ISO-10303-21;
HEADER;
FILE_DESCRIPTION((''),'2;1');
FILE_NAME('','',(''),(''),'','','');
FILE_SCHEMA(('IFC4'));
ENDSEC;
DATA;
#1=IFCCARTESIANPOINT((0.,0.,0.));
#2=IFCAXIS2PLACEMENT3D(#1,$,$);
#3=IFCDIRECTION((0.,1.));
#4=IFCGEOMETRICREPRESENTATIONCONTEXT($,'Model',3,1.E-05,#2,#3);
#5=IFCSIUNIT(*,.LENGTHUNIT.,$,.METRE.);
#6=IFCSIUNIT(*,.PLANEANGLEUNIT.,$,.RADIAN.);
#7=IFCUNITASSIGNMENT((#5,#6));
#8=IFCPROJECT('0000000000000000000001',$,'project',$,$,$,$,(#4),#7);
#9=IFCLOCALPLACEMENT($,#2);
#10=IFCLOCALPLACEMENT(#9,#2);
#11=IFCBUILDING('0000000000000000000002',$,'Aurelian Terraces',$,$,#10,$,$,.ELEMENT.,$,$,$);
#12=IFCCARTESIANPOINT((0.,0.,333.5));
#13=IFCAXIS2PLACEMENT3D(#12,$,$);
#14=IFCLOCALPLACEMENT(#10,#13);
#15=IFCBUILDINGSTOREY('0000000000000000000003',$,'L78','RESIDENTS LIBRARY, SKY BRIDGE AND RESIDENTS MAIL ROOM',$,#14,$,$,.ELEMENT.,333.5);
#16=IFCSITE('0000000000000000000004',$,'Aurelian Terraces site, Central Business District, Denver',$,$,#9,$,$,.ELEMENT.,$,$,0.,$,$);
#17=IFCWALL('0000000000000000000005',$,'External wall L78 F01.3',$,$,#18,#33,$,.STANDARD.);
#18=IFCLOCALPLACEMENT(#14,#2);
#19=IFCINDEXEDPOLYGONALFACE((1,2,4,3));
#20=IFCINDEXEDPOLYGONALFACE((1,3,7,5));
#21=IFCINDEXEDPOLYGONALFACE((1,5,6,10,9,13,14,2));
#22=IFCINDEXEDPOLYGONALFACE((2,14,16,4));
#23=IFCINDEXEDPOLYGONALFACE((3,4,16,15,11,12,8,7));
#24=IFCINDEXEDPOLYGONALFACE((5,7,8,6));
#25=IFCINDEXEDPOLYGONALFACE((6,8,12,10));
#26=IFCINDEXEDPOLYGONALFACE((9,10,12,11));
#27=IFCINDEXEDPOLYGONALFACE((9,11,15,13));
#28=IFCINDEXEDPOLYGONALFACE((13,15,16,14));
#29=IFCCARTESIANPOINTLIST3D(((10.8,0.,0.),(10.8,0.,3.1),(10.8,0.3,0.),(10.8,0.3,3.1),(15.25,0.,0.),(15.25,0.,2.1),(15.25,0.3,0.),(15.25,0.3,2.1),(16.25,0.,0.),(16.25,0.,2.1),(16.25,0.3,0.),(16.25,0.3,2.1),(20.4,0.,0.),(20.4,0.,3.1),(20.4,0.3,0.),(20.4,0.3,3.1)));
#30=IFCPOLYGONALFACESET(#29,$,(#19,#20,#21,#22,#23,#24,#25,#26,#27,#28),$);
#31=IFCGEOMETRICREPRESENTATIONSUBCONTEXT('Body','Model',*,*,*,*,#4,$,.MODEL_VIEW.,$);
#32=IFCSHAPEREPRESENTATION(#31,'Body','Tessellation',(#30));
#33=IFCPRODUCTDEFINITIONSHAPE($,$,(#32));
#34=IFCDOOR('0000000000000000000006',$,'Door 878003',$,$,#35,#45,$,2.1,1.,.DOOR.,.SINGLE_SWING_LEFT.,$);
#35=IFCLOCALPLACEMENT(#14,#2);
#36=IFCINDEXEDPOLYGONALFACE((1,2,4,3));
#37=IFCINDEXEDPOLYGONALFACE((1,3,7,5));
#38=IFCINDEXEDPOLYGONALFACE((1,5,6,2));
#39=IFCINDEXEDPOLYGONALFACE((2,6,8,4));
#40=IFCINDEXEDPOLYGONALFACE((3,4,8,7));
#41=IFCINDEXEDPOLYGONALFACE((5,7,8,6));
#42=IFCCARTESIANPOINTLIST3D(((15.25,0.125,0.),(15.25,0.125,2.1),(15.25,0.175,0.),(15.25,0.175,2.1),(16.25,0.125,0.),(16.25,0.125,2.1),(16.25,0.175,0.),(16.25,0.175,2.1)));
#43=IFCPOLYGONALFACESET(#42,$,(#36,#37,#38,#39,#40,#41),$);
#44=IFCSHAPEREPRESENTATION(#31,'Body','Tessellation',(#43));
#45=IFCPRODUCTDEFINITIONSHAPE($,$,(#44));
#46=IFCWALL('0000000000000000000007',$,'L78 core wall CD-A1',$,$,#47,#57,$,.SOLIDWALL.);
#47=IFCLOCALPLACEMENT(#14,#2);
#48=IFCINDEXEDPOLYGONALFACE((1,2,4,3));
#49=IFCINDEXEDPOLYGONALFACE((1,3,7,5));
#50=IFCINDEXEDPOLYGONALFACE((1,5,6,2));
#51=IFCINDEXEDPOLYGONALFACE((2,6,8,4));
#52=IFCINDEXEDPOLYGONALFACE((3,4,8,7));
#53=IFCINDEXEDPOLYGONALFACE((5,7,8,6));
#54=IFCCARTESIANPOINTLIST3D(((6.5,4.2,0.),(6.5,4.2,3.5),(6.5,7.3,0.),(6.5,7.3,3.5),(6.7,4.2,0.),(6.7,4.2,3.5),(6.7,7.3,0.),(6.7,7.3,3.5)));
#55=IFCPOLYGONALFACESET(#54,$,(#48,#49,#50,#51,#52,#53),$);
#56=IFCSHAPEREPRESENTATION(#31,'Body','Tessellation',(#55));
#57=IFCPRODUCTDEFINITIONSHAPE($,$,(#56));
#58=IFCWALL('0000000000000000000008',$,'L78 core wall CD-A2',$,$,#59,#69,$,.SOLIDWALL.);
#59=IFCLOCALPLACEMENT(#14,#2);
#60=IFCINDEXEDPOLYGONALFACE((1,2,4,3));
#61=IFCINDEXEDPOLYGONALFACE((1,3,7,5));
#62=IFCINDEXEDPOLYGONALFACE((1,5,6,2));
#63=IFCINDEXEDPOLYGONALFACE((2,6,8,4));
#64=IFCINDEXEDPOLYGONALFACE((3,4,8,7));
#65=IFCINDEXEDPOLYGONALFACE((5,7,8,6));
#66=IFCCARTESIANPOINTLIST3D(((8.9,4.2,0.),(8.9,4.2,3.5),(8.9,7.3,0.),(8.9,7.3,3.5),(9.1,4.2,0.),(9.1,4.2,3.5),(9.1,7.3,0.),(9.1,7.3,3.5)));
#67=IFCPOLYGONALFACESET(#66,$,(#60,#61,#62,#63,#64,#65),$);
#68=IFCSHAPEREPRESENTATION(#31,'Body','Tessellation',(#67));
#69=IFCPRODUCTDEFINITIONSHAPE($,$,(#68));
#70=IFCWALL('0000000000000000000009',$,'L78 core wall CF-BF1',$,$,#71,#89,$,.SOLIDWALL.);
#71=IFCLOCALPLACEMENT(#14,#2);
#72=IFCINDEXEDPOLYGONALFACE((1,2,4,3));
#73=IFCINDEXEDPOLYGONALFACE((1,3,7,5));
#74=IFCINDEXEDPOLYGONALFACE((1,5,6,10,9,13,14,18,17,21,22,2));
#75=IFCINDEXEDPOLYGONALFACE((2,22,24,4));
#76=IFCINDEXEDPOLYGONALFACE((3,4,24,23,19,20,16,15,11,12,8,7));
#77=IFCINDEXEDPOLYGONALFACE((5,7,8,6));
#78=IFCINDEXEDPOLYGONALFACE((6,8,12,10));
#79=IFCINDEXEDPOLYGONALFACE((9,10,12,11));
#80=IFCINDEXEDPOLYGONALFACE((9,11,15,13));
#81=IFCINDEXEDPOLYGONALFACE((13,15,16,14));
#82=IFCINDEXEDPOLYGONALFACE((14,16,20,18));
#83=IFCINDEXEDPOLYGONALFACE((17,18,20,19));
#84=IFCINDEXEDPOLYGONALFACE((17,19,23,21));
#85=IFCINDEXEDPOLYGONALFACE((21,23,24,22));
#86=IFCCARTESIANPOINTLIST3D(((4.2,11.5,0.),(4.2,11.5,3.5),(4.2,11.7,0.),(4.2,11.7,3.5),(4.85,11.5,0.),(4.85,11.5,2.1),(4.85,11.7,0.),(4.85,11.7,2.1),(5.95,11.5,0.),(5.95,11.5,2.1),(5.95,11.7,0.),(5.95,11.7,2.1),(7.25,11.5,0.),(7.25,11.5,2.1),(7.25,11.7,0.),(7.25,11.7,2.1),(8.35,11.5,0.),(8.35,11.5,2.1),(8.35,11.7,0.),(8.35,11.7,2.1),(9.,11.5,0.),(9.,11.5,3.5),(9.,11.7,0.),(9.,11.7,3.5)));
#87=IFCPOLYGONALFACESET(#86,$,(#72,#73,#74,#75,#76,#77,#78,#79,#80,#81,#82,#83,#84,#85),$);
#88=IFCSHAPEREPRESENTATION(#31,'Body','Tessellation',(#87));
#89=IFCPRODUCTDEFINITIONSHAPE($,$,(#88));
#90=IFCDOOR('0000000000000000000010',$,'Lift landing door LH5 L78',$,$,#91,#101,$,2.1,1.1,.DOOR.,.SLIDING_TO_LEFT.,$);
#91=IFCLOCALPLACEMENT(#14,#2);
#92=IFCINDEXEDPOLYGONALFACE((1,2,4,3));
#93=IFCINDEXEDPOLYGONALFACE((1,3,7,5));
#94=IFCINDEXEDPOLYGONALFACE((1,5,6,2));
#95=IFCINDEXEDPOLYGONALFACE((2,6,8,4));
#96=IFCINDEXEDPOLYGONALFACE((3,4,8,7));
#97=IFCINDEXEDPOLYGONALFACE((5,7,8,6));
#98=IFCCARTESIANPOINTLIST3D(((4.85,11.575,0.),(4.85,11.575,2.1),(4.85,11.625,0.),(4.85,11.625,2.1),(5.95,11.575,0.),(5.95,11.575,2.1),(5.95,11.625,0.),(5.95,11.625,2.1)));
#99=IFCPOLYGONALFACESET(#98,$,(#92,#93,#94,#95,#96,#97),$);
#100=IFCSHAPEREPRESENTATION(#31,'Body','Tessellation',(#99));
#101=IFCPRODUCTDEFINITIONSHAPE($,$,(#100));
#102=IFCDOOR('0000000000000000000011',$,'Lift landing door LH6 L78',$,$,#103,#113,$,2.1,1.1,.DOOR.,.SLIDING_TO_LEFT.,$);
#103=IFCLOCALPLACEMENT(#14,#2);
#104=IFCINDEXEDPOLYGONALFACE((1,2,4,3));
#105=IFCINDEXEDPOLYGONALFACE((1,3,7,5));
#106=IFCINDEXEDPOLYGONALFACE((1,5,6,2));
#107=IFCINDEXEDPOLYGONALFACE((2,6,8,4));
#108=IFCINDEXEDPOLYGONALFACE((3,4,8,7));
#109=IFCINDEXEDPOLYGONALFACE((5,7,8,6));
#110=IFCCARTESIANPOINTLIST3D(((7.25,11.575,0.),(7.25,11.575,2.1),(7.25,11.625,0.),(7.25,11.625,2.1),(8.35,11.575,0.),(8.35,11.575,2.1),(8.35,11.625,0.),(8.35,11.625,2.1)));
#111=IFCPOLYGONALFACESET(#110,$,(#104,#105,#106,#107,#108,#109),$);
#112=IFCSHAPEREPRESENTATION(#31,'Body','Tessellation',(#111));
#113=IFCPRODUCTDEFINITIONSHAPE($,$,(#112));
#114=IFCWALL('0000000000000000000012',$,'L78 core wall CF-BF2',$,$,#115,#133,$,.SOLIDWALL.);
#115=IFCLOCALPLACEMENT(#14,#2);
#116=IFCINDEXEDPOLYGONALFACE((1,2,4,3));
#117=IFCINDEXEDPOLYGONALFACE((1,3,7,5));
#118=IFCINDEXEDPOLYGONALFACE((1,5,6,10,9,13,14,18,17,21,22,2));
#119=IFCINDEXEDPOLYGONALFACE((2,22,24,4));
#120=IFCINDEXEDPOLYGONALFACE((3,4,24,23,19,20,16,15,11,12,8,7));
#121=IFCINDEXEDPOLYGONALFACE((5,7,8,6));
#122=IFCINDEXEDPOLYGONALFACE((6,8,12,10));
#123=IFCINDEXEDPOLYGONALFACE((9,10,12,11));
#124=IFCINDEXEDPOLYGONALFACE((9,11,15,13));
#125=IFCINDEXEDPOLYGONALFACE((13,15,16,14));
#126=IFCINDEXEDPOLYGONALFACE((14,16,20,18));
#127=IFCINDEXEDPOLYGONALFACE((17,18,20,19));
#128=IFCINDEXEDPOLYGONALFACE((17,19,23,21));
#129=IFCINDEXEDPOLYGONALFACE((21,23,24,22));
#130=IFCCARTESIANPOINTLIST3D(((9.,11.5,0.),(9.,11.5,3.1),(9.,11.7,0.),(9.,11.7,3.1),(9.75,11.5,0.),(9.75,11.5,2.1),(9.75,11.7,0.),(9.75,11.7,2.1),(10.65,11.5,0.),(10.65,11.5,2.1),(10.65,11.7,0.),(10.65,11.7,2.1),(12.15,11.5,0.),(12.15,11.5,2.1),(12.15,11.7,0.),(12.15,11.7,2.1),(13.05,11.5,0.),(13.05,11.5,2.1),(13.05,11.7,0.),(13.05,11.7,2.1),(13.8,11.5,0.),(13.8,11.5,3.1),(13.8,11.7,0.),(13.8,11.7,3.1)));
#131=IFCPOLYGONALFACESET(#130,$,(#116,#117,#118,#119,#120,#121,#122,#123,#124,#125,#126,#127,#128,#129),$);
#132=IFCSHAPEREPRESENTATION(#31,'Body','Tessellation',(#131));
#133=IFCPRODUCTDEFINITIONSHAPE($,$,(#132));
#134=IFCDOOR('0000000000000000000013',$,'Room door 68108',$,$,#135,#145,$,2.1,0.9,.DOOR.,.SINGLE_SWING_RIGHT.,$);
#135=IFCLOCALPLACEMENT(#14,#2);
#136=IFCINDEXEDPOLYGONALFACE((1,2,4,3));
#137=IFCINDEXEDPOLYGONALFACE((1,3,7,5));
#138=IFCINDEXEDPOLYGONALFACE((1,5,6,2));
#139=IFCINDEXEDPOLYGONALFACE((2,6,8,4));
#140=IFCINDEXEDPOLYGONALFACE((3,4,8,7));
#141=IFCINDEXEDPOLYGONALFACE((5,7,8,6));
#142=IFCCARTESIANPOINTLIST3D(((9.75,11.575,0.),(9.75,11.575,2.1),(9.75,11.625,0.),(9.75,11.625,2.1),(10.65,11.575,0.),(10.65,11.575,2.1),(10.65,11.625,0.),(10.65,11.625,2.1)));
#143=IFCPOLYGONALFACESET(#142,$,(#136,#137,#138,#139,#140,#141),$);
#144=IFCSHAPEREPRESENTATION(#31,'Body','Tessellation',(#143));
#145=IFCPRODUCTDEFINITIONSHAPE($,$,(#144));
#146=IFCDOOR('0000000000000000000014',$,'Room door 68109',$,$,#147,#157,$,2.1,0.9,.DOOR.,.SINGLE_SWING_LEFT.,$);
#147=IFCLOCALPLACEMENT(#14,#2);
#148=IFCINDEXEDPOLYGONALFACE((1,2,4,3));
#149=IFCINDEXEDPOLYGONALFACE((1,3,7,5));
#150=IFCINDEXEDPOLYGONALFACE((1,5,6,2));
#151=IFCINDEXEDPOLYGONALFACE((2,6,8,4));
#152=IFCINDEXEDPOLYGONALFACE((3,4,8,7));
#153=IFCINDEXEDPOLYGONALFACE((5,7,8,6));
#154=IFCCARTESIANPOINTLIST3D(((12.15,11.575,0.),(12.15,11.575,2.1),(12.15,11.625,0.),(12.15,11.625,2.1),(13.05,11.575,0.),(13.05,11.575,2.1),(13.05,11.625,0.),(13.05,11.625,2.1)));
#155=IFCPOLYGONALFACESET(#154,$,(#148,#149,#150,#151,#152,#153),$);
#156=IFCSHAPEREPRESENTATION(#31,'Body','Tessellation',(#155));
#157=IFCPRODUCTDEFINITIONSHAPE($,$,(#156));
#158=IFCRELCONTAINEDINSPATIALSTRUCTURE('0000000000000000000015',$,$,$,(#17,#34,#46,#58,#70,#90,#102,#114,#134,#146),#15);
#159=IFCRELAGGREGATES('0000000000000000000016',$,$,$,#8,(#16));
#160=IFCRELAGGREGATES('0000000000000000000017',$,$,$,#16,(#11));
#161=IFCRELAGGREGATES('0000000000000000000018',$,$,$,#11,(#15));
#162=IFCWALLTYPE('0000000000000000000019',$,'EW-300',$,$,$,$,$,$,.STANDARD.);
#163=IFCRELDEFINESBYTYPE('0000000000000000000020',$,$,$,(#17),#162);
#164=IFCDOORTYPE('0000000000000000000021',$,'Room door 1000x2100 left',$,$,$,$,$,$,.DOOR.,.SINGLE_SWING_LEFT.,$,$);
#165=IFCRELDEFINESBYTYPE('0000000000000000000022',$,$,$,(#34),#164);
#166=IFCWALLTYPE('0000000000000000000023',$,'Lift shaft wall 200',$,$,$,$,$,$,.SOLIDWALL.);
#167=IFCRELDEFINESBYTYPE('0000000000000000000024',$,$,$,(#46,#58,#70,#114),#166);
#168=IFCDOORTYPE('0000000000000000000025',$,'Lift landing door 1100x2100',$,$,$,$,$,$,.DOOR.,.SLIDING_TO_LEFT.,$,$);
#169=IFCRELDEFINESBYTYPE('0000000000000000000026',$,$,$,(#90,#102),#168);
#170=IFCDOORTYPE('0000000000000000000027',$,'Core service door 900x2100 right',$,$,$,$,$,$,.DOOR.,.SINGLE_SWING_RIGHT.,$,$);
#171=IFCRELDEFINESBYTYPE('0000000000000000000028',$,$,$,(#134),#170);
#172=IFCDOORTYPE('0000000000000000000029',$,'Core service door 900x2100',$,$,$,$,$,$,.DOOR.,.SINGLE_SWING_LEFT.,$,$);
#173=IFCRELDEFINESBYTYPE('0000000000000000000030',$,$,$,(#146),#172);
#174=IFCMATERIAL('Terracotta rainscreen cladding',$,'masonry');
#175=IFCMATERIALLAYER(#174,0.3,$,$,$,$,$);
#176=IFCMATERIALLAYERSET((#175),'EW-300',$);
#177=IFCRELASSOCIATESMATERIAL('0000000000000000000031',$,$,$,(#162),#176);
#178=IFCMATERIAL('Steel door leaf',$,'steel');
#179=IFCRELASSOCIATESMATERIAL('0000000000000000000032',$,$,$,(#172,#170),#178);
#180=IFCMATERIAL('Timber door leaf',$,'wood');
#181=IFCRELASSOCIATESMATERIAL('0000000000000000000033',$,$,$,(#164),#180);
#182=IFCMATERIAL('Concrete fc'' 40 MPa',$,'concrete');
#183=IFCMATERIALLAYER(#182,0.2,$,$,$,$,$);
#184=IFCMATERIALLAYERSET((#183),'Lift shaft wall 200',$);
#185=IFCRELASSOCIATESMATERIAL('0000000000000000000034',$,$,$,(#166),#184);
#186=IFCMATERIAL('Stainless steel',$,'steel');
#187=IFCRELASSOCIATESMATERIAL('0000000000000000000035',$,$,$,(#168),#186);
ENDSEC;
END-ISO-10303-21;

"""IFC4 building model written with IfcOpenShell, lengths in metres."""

from ifc_helpers import new_model, si_unit, direction, frame, frame_2d, origin, place, context, subcontext, project, spatial, rectangle, extrude, source, transform, mapped, material, layer, layer_set, type_object, element, fill, save


model = new_model("IFC4")

# Units and contexts
model_context = context("Model", 3, precision=1e-05, world=origin(), true_north=direction((0.0, 1.0)))
body_context = subcontext(model_context, "Body", "Model", "MODEL_VIEW")
ifc_project = project(units=[si_unit("LENGTHUNIT", "METRE"), si_unit("PLANEANGLEUNIT", "RADIAN")], contexts=[model_context])

# Site, building, storey
site_placement = place(None, origin())
site = spatial("IfcSite", under=ifc_project, at=site_placement, Name="Aurelian Terraces site, Central Business District, Denver", CompositionType="ELEMENT", RefElevation=0.0)
building_placement = place(site_placement, origin())
building = spatial("IfcBuilding", under=site, at=building_placement, Name="Aurelian Terraces", CompositionType="ELEMENT")
storey_placement = place(building_placement, frame((0.0, 0.0, 333.5)))
storey = spatial("IfcBuildingStorey", under=building, at=storey_placement, Name="L78", Description="RESIDENTS LIBRARY, SKY BRIDGE AND RESIDENTS MAIL ROOM", CompositionType="ELEMENT", Elevation=333.5)

# Shared definitions
ifc_material_1 = material(Name="Terracotta rainscreen cladding", Category="masonry")
ifc_layer_1 = layer(ifc_material_1, 0.3)
ifc_layer_set_1 = layer_set([ifc_layer_1], Name="EW-300")
wall_type_1 = type_object("IfcWallType", Name="EW-300", PredefinedType="STANDARD", material=ifc_layer_set_1)

# Shared definitions
ifc_material_2 = material(Name="Steel door leaf", Category="steel")
door_type_1 = type_object("IfcDoorType", Name="Core service door 900x2100", OperationType="SINGLE_SWING_LEFT", PredefinedType="DOOR", material=ifc_material_2)
shared_shape_1 = source(origin(), body_context, "Body", "SweptSolid", [
    extrude(rectangle(XDim=0.9, YDim=2.1, at=frame_2d((0.45, 1.05))), frame((0.0, 0.025, 0.0), z_axis=(0.0, -1.0, 0.0), x_axis=(1.0, 0.0, 0.0)), (0.0, 0.0, 1.0), 0.05),
])

# Shared definitions
ifc_material_3 = material(Name="Concrete fc' 40 MPa", Category="concrete")

# Wall, opening, door
shared_shape_2 = source(origin(), body_context, "Body", "SweptSolid", [
    extrude(rectangle(XDim=9.6, YDim=0.3, at=frame_2d((4.8, 0.0))), origin(), (0.0, 0.0, 1.0), 3.1),
])
wall_1_placement = place(storey_placement, frame((10.8, 0.15, 0.0), z_axis=(0.0, 0.0, 1.0), x_axis=(1.0, 0.0, 0.0)))
wall_1 = element("IfcWall", 1, at=wall_1_placement, inside=storey, type_object=wall_type_1, Name="External wall L78 F01.3", PredefinedType="STANDARD", context=body_context, shape_type="MappedRepresentation", body=[
    mapped(shared_shape_2, transform((0.0, 0.0, 0.0), scale=1.0)),
])
shared_shape_3 = source(origin(), body_context, "Body", "SweptSolid", [
    extrude(rectangle(XDim=1.0, YDim=2.1, at=frame_2d((0.5, 1.05))), frame((0.0, 0.16, 0.0), z_axis=(0.0, -1.0, 0.0), x_axis=(1.0, 0.0, 0.0)), (0.0, 0.0, 1.0), 0.32),
])
opening_1_placement = place(wall_1_placement, frame((4.45, 0.0, 0.0)))
opening_1 = element("IfcOpeningElement", 2, at=opening_1_placement, cuts=wall_1, PredefinedType="OPENING", context=body_context, shape_type="MappedRepresentation", body=[
    mapped(shared_shape_3, transform((0.0, 0.0, 0.0), scale=1.0)),
])
ifc_material_4 = material(Name="Timber door leaf", Category="wood")
door_type_2 = type_object("IfcDoorType", Name="Room door 1000x2100 left", OperationType="SINGLE_SWING_LEFT", PredefinedType="DOOR", material=ifc_material_4)
shared_shape_4 = source(origin(), body_context, "Body", "SweptSolid", [
    extrude(rectangle(XDim=1.0, YDim=2.1, at=frame_2d((0.5, 1.05))), frame((0.0, 0.025, 0.0), z_axis=(0.0, -1.0, 0.0), x_axis=(1.0, 0.0, 0.0)), (0.0, 0.0, 1.0), 0.05),
])
door_1_placement = place(opening_1_placement, origin())
door_1 = element("IfcDoor", 3, at=door_1_placement, inside=storey, type_object=door_type_2, Name="Door 878003", OperationType="SINGLE_SWING_LEFT", OverallHeight=2.1, OverallWidth=1.0, PredefinedType="DOOR", context=body_context, shape_type="MappedRepresentation", body=[
    mapped(shared_shape_4, transform((0.0, 0.0, 0.0), scale=1.0)),
])
fill(opening_1, door_1)

# Walls
ifc_layer_2 = layer(ifc_material_3, 0.2)
ifc_layer_set_2 = layer_set([ifc_layer_2], Name="Lift shaft wall 200")
wall_type_2 = type_object("IfcWallType", Name="Lift shaft wall 200", PredefinedType="SOLIDWALL", material=ifc_layer_set_2)
shared_shape_5 = source(origin(), body_context, "Body", "SweptSolid", [
    extrude(rectangle(XDim=3.1, YDim=0.2, at=frame_2d((1.55, 0.0))), origin(), (0.0, 0.0, 1.0), 3.5),
])
for number, where, z_axis, x_axis, name in (
    (4, (6.6, 4.2, 0.0), (0.0, 0.0, 1.0), (0.0, 1.0, 0.0), "L78 core wall CD-A1"),
    (5, (9.0, 4.2, 0.0), (0.0, 0.0, 1.0), (0.0, 1.0, 0.0), "L78 core wall CD-A2"),
):
    element("IfcWall", number, at=place(storey_placement, frame(where, z_axis=z_axis, x_axis=x_axis)), inside=storey, type_object=wall_type_2, Name=name, PredefinedType="SOLIDWALL", context=body_context, shape_type="MappedRepresentation", body=[
        mapped(shared_shape_5, transform((0.0, 0.0, 0.0), scale=1.0)),
    ])

# Walls, openings, doors
shared_shape_6 = source(origin(), body_context, "Body", "SweptSolid", [
    extrude(rectangle(XDim=4.8, YDim=0.2, at=frame_2d((2.4, 0.0))), origin(), (0.0, 0.0, 1.0), 3.5),
])
wall_2_placement = place(storey_placement, frame((4.2, 11.6, 0.0), z_axis=(0.0, 0.0, 1.0), x_axis=(1.0, 0.0, 0.0)))
wall_2 = element("IfcWall", 6, at=wall_2_placement, inside=storey, type_object=wall_type_2, Name="L78 core wall CF-BF1", PredefinedType="SOLIDWALL", context=body_context, shape_type="MappedRepresentation", body=[
    mapped(shared_shape_6, transform((0.0, 0.0, 0.0), scale=1.0)),
])
shared_shape_7 = source(origin(), body_context, "Body", "SweptSolid", [
    extrude(rectangle(XDim=1.1, YDim=2.1, at=frame_2d((0.55, 1.05))), frame((0.0, 0.11, 0.0), z_axis=(0.0, -1.0, 0.0), x_axis=(1.0, 0.0, 0.0)), (0.0, 0.0, 1.0), 0.22),
])
opening_2_placement = place(wall_2_placement, frame((0.65, 0.0, 0.0)))
opening_2 = element("IfcOpeningElement", 7, at=opening_2_placement, cuts=wall_2, PredefinedType="OPENING", context=body_context, shape_type="MappedRepresentation", body=[
    mapped(shared_shape_7, transform((0.0, 0.0, 0.0), scale=1.0)),
])
opening_3_placement = place(wall_2_placement, frame((3.05, 0.0, 0.0)))
opening_3 = element("IfcOpeningElement", 8, at=opening_3_placement, cuts=wall_2, PredefinedType="OPENING", context=body_context, shape_type="MappedRepresentation", body=[
    mapped(shared_shape_7, transform((0.0, 0.0, 0.0), scale=1.0)),
])
ifc_material_5 = material(Name="Stainless steel", Category="steel")
door_type_3 = type_object("IfcDoorType", Name="Lift landing door 1100x2100", OperationType="SLIDING_TO_LEFT", PredefinedType="DOOR", material=ifc_material_5)
shared_shape_8 = source(origin(), body_context, "Body", "SweptSolid", [
    extrude(rectangle(XDim=1.1, YDim=2.1, at=frame_2d((0.55, 1.05))), frame((0.0, 0.025, 0.0), z_axis=(0.0, -1.0, 0.0), x_axis=(1.0, 0.0, 0.0)), (0.0, 0.0, 1.0), 0.05),
])
door_2_placement = place(opening_2_placement, origin())
door_2 = element("IfcDoor", 9, at=door_2_placement, inside=storey, type_object=door_type_3, Name="Lift landing door LH5 L78", OperationType="SLIDING_TO_LEFT", OverallHeight=2.1, OverallWidth=1.1, PredefinedType="DOOR", context=body_context, shape_type="MappedRepresentation", body=[
    mapped(shared_shape_8, transform((0.0, 0.0, 0.0), scale=1.0)),
])
fill(opening_2, door_2)
door_3_placement = place(opening_3_placement, origin())
door_3 = element("IfcDoor", 10, at=door_3_placement, inside=storey, type_object=door_type_3, Name="Lift landing door LH6 L78", OperationType="SLIDING_TO_LEFT", OverallHeight=2.1, OverallWidth=1.1, PredefinedType="DOOR", context=body_context, shape_type="MappedRepresentation", body=[
    mapped(shared_shape_8, transform((0.0, 0.0, 0.0), scale=1.0)),
])
fill(opening_3, door_3)
shared_shape_9 = source(origin(), body_context, "Body", "SweptSolid", [
    extrude(rectangle(XDim=4.8, YDim=0.2, at=frame_2d((2.4, 0.0))), origin(), (0.0, 0.0, 1.0), 3.1),
])
wall_3_placement = place(storey_placement, frame((9.0, 11.6, 0.0), z_axis=(0.0, 0.0, 1.0), x_axis=(1.0, 0.0, 0.0)))
wall_3 = element("IfcWall", 11, at=wall_3_placement, inside=storey, type_object=wall_type_2, Name="L78 core wall CF-BF2", PredefinedType="SOLIDWALL", context=body_context, shape_type="MappedRepresentation", body=[
    mapped(shared_shape_9, transform((0.0, 0.0, 0.0), scale=1.0)),
])
shared_shape_10 = source(origin(), body_context, "Body", "SweptSolid", [
    extrude(rectangle(XDim=0.9, YDim=2.1, at=frame_2d((0.45, 1.05))), frame((0.0, 0.11, 0.0), z_axis=(0.0, -1.0, 0.0), x_axis=(1.0, 0.0, 0.0)), (0.0, 0.0, 1.0), 0.22),
])
opening_4_placement = place(wall_3_placement, frame((0.75, 0.0, 0.0)))
opening_4 = element("IfcOpeningElement", 12, at=opening_4_placement, cuts=wall_3, PredefinedType="OPENING", context=body_context, shape_type="MappedRepresentation", body=[
    mapped(shared_shape_10, transform((0.0, 0.0, 0.0), scale=1.0)),
])
opening_5_placement = place(wall_3_placement, frame((3.15, 0.0, 0.0)))
opening_5 = element("IfcOpeningElement", 13, at=opening_5_placement, cuts=wall_3, PredefinedType="OPENING", context=body_context, shape_type="MappedRepresentation", body=[
    mapped(shared_shape_10, transform((0.0, 0.0, 0.0), scale=1.0)),
])
door_type_4 = type_object("IfcDoorType", Name="Core service door 900x2100 right", OperationType="SINGLE_SWING_RIGHT", PredefinedType="DOOR", material=ifc_material_2)
door_4_placement = place(opening_4_placement, origin())
door_4 = element("IfcDoor", 14, at=door_4_placement, inside=storey, type_object=door_type_4, Name="Room door 68108", OperationType="SINGLE_SWING_RIGHT", OverallHeight=2.1, OverallWidth=0.9, PredefinedType="DOOR", context=body_context, shape_type="MappedRepresentation", body=[
    mapped(shared_shape_1, transform((0.0, 0.0, 0.0), scale=1.0)),
])
fill(opening_4, door_4)
door_5_placement = place(opening_5_placement, origin())
door_5 = element("IfcDoor", 15, at=door_5_placement, inside=storey, type_object=door_type_1, Name="Room door 68109", OperationType="SINGLE_SWING_LEFT", OverallHeight=2.1, OverallWidth=0.9, PredefinedType="DOOR", context=body_context, shape_type="MappedRepresentation", body=[
    mapped(shared_shape_1, transform((0.0, 0.0, 0.0), scale=1.0)),
])
fill(opening_5, door_5)

save(model, "model.ifc")
